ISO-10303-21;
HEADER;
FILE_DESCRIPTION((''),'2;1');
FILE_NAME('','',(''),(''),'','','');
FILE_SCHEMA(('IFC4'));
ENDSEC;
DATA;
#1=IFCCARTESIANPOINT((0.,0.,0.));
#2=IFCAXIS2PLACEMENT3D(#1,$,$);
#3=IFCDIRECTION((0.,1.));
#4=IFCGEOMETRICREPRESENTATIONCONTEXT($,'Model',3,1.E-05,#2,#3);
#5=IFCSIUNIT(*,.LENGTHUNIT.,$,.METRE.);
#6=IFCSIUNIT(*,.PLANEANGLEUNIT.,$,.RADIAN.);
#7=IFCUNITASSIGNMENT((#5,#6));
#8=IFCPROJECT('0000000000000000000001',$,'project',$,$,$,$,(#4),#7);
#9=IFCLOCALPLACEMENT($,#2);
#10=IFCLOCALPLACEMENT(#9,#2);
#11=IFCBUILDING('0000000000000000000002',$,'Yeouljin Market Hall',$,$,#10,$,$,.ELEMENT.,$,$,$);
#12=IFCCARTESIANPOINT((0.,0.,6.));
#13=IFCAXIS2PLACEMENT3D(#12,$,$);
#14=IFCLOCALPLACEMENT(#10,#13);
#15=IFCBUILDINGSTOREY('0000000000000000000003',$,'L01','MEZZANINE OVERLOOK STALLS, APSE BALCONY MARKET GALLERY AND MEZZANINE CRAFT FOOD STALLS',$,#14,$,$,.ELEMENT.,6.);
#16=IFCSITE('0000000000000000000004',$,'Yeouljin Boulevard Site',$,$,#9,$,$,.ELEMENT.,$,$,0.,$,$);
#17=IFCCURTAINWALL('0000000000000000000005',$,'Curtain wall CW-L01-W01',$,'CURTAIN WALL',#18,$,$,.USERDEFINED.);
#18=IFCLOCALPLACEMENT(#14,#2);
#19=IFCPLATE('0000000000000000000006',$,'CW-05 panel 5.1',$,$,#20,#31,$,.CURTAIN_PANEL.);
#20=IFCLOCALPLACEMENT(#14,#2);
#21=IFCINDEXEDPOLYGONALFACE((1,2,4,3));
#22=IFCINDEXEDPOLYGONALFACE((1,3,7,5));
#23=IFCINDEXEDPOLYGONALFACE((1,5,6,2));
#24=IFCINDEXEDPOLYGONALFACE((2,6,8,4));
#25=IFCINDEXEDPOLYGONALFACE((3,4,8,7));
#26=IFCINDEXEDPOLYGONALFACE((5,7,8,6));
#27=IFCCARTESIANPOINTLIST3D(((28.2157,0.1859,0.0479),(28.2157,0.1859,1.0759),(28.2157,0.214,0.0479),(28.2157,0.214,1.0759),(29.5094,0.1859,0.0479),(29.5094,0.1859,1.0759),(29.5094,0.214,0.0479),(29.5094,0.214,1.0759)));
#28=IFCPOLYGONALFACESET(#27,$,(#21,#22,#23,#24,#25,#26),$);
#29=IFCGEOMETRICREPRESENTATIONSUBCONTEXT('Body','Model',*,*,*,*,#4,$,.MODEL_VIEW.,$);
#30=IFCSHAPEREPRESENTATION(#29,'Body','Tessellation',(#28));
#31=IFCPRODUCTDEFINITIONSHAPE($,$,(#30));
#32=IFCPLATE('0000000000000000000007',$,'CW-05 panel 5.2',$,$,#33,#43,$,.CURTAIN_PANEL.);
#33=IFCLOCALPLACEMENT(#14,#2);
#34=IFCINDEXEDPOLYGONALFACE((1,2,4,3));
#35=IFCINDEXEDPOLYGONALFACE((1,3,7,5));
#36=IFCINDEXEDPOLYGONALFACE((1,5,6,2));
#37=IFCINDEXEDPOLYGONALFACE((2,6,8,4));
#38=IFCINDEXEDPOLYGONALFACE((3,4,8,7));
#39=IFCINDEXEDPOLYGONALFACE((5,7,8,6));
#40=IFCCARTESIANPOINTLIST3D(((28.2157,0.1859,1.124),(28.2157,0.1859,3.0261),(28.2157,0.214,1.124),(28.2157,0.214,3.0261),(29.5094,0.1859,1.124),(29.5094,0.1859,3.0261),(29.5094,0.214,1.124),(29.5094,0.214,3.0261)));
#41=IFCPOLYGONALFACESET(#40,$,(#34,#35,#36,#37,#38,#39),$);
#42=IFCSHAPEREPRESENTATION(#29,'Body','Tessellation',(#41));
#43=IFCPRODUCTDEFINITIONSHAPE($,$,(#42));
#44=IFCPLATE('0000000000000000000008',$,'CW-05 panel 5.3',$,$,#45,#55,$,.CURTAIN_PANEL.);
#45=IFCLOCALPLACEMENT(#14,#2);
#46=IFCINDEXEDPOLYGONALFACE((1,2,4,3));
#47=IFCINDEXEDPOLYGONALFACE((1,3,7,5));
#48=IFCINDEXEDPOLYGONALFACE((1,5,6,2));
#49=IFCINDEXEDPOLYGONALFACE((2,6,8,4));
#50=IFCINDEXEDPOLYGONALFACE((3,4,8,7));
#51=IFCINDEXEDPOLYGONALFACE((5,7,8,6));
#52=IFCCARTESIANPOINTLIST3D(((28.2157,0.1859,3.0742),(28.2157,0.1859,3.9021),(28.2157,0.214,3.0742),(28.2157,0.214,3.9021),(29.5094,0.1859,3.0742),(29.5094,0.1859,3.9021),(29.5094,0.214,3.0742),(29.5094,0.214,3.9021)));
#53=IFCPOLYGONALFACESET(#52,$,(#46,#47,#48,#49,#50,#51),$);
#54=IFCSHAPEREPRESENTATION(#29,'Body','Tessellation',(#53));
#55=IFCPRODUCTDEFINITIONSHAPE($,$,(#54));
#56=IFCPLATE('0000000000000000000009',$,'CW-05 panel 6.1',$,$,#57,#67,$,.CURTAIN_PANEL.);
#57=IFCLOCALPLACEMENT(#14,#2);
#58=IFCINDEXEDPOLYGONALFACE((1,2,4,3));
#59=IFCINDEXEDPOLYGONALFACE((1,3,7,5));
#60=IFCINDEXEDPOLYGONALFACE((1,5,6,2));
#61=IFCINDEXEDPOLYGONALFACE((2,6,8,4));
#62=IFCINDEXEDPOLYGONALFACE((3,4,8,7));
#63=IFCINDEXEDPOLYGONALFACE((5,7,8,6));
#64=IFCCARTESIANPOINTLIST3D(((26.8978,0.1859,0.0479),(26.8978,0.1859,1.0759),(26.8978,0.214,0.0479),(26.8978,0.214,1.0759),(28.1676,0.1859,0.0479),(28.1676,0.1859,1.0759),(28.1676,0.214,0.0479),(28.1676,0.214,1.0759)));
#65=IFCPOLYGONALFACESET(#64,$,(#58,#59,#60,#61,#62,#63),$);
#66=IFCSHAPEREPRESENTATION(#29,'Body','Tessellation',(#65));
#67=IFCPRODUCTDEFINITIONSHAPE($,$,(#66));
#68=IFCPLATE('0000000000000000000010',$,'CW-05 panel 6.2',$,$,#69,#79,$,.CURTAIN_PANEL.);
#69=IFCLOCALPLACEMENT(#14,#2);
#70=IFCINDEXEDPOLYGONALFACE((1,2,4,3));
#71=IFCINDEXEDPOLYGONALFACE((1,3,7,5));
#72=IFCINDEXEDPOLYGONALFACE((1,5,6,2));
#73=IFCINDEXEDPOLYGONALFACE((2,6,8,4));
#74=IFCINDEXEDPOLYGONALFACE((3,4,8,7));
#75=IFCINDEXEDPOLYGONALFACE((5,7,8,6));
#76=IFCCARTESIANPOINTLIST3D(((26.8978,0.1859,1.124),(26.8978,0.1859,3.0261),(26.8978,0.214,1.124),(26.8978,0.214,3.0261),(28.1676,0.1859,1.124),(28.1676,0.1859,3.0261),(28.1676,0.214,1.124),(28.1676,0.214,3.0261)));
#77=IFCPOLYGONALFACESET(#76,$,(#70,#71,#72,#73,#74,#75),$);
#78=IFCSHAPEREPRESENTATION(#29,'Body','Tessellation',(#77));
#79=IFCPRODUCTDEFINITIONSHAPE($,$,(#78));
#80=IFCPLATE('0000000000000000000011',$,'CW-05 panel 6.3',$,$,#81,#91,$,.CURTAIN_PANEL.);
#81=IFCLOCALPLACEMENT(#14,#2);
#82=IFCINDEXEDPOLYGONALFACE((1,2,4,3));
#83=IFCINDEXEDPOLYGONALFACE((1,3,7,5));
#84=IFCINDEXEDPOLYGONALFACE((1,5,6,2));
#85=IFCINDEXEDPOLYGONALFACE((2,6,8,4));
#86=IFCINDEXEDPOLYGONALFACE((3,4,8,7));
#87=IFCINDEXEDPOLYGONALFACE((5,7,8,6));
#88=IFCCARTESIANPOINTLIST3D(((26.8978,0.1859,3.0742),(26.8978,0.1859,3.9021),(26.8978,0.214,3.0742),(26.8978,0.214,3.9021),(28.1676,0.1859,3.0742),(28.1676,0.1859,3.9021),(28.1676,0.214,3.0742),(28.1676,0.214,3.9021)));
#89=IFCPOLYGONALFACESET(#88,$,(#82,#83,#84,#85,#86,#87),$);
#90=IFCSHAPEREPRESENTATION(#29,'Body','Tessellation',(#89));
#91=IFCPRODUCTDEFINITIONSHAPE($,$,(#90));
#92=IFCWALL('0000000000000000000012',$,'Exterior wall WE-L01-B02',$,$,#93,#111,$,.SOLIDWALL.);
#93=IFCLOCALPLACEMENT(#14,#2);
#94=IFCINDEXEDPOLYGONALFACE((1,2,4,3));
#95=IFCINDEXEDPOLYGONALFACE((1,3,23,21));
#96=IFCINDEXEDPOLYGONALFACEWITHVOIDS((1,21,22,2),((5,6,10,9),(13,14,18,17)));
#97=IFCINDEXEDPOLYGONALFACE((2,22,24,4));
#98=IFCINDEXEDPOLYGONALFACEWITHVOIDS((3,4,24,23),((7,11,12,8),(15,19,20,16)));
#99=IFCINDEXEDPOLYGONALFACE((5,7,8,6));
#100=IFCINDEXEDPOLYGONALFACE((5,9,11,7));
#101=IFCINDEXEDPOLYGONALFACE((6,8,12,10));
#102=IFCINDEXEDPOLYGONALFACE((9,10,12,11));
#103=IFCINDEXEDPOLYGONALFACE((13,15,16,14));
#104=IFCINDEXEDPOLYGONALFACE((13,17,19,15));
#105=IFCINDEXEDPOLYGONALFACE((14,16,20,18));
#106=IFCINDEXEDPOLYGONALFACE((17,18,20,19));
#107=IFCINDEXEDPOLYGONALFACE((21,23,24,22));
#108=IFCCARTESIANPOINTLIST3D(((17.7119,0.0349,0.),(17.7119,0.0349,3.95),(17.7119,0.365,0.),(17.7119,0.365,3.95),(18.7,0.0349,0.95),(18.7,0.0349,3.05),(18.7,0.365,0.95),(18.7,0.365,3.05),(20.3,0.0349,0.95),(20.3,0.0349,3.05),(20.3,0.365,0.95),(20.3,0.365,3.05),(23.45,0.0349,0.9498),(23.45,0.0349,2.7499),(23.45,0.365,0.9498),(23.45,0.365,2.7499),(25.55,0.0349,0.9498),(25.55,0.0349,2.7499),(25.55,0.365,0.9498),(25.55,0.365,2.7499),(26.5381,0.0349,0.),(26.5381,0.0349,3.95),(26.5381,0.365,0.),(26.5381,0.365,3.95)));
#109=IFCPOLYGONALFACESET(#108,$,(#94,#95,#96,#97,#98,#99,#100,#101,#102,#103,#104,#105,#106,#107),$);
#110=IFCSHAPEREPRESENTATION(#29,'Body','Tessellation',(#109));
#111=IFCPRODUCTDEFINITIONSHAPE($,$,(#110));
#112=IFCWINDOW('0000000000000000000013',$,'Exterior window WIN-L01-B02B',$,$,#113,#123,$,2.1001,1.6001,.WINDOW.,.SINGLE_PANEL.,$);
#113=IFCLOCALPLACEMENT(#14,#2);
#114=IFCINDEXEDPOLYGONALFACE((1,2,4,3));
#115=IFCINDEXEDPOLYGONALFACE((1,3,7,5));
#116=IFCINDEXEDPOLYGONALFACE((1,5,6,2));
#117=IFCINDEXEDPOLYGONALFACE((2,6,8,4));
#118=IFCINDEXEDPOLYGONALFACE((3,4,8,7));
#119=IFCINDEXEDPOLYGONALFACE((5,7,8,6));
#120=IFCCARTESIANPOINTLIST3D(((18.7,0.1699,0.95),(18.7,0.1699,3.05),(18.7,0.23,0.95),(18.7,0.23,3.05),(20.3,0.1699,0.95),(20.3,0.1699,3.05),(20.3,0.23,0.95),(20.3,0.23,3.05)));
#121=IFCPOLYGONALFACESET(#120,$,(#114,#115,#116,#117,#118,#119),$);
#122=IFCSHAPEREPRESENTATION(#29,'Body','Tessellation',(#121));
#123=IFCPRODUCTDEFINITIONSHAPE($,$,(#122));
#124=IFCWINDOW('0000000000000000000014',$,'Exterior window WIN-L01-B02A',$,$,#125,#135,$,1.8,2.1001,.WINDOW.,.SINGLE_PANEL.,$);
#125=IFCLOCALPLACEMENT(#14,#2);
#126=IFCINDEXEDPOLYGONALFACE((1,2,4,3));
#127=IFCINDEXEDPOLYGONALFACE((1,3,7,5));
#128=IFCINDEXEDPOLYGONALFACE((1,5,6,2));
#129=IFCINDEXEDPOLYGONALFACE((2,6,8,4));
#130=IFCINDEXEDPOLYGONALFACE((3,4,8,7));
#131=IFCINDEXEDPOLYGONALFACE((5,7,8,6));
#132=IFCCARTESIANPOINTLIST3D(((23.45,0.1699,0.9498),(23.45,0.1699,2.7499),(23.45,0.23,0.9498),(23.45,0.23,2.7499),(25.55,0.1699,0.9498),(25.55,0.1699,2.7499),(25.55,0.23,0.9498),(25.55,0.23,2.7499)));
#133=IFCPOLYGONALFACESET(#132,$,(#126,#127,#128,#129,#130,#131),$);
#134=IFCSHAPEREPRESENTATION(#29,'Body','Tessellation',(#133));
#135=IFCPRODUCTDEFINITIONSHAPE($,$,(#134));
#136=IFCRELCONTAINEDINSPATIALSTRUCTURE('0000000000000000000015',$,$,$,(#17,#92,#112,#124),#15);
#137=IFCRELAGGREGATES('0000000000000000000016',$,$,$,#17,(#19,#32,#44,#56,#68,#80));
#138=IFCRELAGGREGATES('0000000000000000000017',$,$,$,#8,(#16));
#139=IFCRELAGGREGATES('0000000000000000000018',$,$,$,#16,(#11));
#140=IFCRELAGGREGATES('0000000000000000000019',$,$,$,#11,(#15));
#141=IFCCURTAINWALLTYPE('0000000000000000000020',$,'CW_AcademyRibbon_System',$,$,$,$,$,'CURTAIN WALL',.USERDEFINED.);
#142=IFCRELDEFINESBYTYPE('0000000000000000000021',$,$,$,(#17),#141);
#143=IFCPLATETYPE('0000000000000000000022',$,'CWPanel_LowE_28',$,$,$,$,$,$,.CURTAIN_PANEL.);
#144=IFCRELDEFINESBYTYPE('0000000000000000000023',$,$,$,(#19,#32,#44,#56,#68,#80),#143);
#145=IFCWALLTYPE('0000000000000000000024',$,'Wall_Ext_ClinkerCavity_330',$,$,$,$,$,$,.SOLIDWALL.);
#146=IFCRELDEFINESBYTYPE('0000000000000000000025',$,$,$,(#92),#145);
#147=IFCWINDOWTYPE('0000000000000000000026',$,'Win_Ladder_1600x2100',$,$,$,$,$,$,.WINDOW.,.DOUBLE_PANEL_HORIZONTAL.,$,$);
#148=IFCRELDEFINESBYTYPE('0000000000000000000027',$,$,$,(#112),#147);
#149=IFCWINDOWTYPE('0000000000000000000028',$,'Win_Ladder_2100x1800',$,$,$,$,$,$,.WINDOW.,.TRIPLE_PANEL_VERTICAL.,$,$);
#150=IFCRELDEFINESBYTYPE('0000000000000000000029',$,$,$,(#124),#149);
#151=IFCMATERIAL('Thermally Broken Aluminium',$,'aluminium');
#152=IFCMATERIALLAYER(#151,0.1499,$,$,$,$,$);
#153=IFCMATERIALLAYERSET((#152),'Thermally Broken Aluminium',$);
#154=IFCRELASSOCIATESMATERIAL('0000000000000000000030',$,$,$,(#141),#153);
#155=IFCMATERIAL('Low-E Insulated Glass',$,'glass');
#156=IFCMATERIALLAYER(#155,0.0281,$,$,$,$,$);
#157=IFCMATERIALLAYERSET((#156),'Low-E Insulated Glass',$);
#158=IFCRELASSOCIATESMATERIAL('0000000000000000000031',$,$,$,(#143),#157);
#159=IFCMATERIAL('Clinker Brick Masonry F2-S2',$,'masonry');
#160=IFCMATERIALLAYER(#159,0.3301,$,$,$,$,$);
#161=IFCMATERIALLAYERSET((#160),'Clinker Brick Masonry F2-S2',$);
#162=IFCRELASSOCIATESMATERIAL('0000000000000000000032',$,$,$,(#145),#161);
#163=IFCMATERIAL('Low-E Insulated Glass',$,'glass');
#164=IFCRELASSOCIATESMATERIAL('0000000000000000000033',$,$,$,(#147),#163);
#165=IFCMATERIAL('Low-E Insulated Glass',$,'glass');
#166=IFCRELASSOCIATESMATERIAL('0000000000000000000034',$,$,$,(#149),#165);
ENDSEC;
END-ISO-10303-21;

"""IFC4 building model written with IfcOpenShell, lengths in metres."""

from ifc_helpers import new_model, si_unit, direction, frame, frame_2d, origin, origin_2d, place, context, subcontext, project, spatial, rectangle, extrude, material, layer, layer_set, type_object, element, fill, aggregate, save


model = new_model("IFC4")

# Units and contexts
model_context = context("Model", 3, precision=1e-05, world=origin(), true_north=direction((0.0, 1.0)))
body_context = subcontext(model_context, "Body", "Model", "MODEL_VIEW")
ifc_project = project(units=[si_unit("LENGTHUNIT", "METRE"), si_unit("PLANEANGLEUNIT", "RADIAN")], contexts=[model_context])

# Site, building, storey
site_placement = place(None, origin())
site = spatial("IfcSite", under=ifc_project, at=site_placement, Name="Yeouljin Boulevard Site", CompositionType="ELEMENT", RefElevation=0.0)
building_placement = place(site_placement, origin())
building = spatial("IfcBuilding", under=site, at=building_placement, Name="Yeouljin Market Hall", CompositionType="ELEMENT")
storey_placement = place(building_placement, frame((0.0, 0.0, 6.0)))
storey = spatial("IfcBuildingStorey", under=building, at=storey_placement, Name="L01", Description="MEZZANINE OVERLOOK STALLS, APSE BALCONY MARKET GALLERY AND MEZZANINE CRAFT FOOD STALLS", CompositionType="ELEMENT", Elevation=6.0)

# Curtain wall
ifc_material_1 = material(Name="Thermally Broken Aluminium", Category="aluminium")
ifc_layer_1 = layer(ifc_material_1, 0.1499)
ifc_layer_set_1 = layer_set([ifc_layer_1], Name="Thermally Broken Aluminium")
curtain_wall_type = type_object("IfcCurtainWallType", Name="CW_AcademyRibbon_System", ElementType="CURTAIN WALL", PredefinedType="USERDEFINED", material=ifc_layer_set_1)
curtain_wall_placement = place(storey_placement, origin())
curtain_wall = element("IfcCurtainWall", 1, at=curtain_wall_placement, inside=storey, type_object=curtain_wall_type, Name="Curtain wall CW-L01-W01", ObjectType="CURTAIN WALL", PredefinedType="USERDEFINED")

# Plates
ifc_material_2 = material(Name="Low-E Insulated Glass", Category="glass")
ifc_layer_2 = layer(ifc_material_2, 0.0281)
ifc_layer_set_2 = layer_set([ifc_layer_2], Name="Low-E Insulated Glass")
plate_type = type_object("IfcPlateType", Name="CWPanel_LowE_28", PredefinedType="CURTAIN_PANEL", material=ifc_layer_set_2)
plate_1_placement = place(storey_placement, frame((28.8625, 0.2, 0.0479), z_axis=(0.0, 0.0, 1.0), x_axis=(-1.0, 0.0, 0.0)))
plate_1 = element("IfcPlate", 2, at=plate_1_placement, type_object=plate_type, Name="CW-05 panel 5.1", PredefinedType="CURTAIN_PANEL", context=body_context, shape_type="SweptSolid", body=[
    extrude(rectangle(XDim=1.2937, YDim=0.0281, at=origin_2d()), origin(), (0.0, 0.0, 1.0), 1.0281),
])
plate_2_placement = place(storey_placement, frame((28.8625, 0.2, 1.124), z_axis=(0.0, 0.0, 1.0), x_axis=(-1.0, 0.0, 0.0)))
plate_2 = element("IfcPlate", 3, at=plate_2_placement, type_object=plate_type, Name="CW-05 panel 5.2", PredefinedType="CURTAIN_PANEL", context=body_context, shape_type="SweptSolid", body=[
    extrude(rectangle(XDim=1.2937, YDim=0.0281, at=origin_2d()), origin(), (0.0, 0.0, 1.0), 1.9021),
])
plate_3_placement = place(storey_placement, frame((28.8625, 0.2, 3.0742), z_axis=(0.0, 0.0, 1.0), x_axis=(-1.0, 0.0, 0.0)))
plate_3 = element("IfcPlate", 4, at=plate_3_placement, type_object=plate_type, Name="CW-05 panel 5.3", PredefinedType="CURTAIN_PANEL", context=body_context, shape_type="SweptSolid", body=[
    extrude(rectangle(XDim=1.2937, YDim=0.0281, at=origin_2d()), origin(), (0.0, 0.0, 1.0), 0.8279),
])
plate_4_placement = place(storey_placement, frame((27.5327, 0.2, 0.0479), z_axis=(0.0, 0.0, 1.0), x_axis=(-1.0, 0.0, 0.0)))
plate_4 = element("IfcPlate", 5, at=plate_4_placement, type_object=plate_type, Name="CW-05 panel 6.1", PredefinedType="CURTAIN_PANEL", context=body_context, shape_type="SweptSolid", body=[
    extrude(rectangle(XDim=1.2698, YDim=0.0281, at=origin_2d()), origin(), (0.0, 0.0, 1.0), 1.0281),
])
plate_5_placement = place(storey_placement, frame((27.5327, 0.2, 1.124), z_axis=(0.0, 0.0, 1.0), x_axis=(-1.0, 0.0, 0.0)))
plate_5 = element("IfcPlate", 6, at=plate_5_placement, type_object=plate_type, Name="CW-05 panel 6.2", PredefinedType="CURTAIN_PANEL", context=body_context, shape_type="SweptSolid", body=[
    extrude(rectangle(XDim=1.2698, YDim=0.0281, at=origin_2d()), origin(), (0.0, 0.0, 1.0), 1.9021),
])
plate_6_placement = place(storey_placement, frame((27.5327, 0.2, 3.0742), z_axis=(0.0, 0.0, 1.0), x_axis=(-1.0, 0.0, 0.0)))
plate_6 = element("IfcPlate", 7, at=plate_6_placement, type_object=plate_type, Name="CW-05 panel 6.3", PredefinedType="CURTAIN_PANEL", context=body_context, shape_type="SweptSolid", body=[
    extrude(rectangle(XDim=1.2698, YDim=0.0281, at=origin_2d()), origin(), (0.0, 0.0, 1.0), 0.8279),
])
aggregate(curtain_wall, [plate_1, plate_2, plate_3, plate_4, plate_5, plate_6])

# Wall, openings, windows
ifc_material_3 = material(Name="Clinker Brick Masonry F2-S2", Category="masonry")
ifc_layer_3 = layer(ifc_material_3, 0.3301)
ifc_layer_set_3 = layer_set([ifc_layer_3], Name="Clinker Brick Masonry F2-S2")
wall_type = type_object("IfcWallType", Name="Wall_Ext_ClinkerCavity_330", PredefinedType="SOLIDWALL", material=ifc_layer_set_3)
wall_placement = place(storey_placement, frame((26.5381, 0.2, 0.0), z_axis=(0.0, 0.0, 1.0), x_axis=(-1.0, 0.0, 0.0)))
wall = element("IfcWall", 8, at=wall_placement, inside=storey, type_object=wall_type, Name="Exterior wall WE-L01-B02", PredefinedType="SOLIDWALL", context=body_context, shape_type="SweptSolid", body=[
    extrude(rectangle(XDim=8.8262, YDim=0.3301, at=frame_2d((4.4131, 0.0))), origin(), (0.0, 0.0, 1.0), 3.95),
])
opening_1_placement = place(wall_placement, frame((0.988, 0.0, 0.95)))
opening_1 = element("IfcOpeningElement", 9, at=opening_1_placement, cuts=wall, PredefinedType="OPENING", context=body_context, shape_type="SweptSolid", body=[
    extrude(rectangle(XDim=2.1001, YDim=1.8, at=frame_2d((1.05, 0.8999))), frame((0.0, 0.175, 0.0), z_axis=(0.0, -1.0, 0.0), x_axis=(1.0, 0.0, 0.0)), (0.0, 0.0, 1.0), 0.3501),
])
opening_2_placement = place(wall_placement, frame((6.238, 0.0, 0.95)))
opening_2 = element("IfcOpeningElement", 10, at=opening_2_placement, cuts=wall, PredefinedType="OPENING", context=body_context, shape_type="SweptSolid", body=[
    extrude(rectangle(XDim=1.6001, YDim=2.1001, at=frame_2d((0.8, 1.05))), frame((0.0, 0.175, 0.0), z_axis=(0.0, -1.0, 0.0), x_axis=(1.0, 0.0, 0.0)), (0.0, 0.0, 1.0), 0.3501),
])
ifc_material_4 = material(Name="Low-E Insulated Glass", Category="glass")
window_type_1 = type_object("IfcWindowType", Name="Win_Ladder_1600x2100", PartitioningType="DOUBLE_PANEL_HORIZONTAL", PredefinedType="WINDOW", material=ifc_material_4)
window_1_placement = place(opening_2_placement, origin())
window_1 = element("IfcWindow", 11, at=window_1_placement, inside=storey, type_object=window_type_1, Name="Exterior window WIN-L01-B02B", OverallHeight=2.1001, OverallWidth=1.6001, PartitioningType="SINGLE_PANEL", PredefinedType="WINDOW", context=body_context, shape_type="SweptSolid", body=[
    extrude(rectangle(XDim=1.6001, YDim=2.1001, at=frame_2d((0.8, 1.05))), frame((0.0, 0.03, 0.0), z_axis=(0.0, -1.0, 0.0), x_axis=(1.0, 0.0, 0.0)), (0.0, 0.0, 1.0), 0.0601),
])
fill(opening_2, window_1)
ifc_material_5 = material(Name="Low-E Insulated Glass", Category="glass")
window_type_2 = type_object("IfcWindowType", Name="Win_Ladder_2100x1800", PartitioningType="TRIPLE_PANEL_VERTICAL", PredefinedType="WINDOW", material=ifc_material_5)
window_2_placement = place(opening_1_placement, origin())
window_2 = element("IfcWindow", 12, at=window_2_placement, inside=storey, type_object=window_type_2, Name="Exterior window WIN-L01-B02A", OverallHeight=1.8, OverallWidth=2.1001, PartitioningType="SINGLE_PANEL", PredefinedType="WINDOW", context=body_context, shape_type="SweptSolid", body=[
    extrude(rectangle(XDim=2.1001, YDim=1.8, at=frame_2d((1.05, 0.8999))), frame((0.0, 0.03, 0.0), z_axis=(0.0, -1.0, 0.0), x_axis=(1.0, 0.0, 0.0)), (0.0, 0.0, 1.0), 0.0601),
])
fill(opening_1, window_2)

save(model, "model.ifc")
